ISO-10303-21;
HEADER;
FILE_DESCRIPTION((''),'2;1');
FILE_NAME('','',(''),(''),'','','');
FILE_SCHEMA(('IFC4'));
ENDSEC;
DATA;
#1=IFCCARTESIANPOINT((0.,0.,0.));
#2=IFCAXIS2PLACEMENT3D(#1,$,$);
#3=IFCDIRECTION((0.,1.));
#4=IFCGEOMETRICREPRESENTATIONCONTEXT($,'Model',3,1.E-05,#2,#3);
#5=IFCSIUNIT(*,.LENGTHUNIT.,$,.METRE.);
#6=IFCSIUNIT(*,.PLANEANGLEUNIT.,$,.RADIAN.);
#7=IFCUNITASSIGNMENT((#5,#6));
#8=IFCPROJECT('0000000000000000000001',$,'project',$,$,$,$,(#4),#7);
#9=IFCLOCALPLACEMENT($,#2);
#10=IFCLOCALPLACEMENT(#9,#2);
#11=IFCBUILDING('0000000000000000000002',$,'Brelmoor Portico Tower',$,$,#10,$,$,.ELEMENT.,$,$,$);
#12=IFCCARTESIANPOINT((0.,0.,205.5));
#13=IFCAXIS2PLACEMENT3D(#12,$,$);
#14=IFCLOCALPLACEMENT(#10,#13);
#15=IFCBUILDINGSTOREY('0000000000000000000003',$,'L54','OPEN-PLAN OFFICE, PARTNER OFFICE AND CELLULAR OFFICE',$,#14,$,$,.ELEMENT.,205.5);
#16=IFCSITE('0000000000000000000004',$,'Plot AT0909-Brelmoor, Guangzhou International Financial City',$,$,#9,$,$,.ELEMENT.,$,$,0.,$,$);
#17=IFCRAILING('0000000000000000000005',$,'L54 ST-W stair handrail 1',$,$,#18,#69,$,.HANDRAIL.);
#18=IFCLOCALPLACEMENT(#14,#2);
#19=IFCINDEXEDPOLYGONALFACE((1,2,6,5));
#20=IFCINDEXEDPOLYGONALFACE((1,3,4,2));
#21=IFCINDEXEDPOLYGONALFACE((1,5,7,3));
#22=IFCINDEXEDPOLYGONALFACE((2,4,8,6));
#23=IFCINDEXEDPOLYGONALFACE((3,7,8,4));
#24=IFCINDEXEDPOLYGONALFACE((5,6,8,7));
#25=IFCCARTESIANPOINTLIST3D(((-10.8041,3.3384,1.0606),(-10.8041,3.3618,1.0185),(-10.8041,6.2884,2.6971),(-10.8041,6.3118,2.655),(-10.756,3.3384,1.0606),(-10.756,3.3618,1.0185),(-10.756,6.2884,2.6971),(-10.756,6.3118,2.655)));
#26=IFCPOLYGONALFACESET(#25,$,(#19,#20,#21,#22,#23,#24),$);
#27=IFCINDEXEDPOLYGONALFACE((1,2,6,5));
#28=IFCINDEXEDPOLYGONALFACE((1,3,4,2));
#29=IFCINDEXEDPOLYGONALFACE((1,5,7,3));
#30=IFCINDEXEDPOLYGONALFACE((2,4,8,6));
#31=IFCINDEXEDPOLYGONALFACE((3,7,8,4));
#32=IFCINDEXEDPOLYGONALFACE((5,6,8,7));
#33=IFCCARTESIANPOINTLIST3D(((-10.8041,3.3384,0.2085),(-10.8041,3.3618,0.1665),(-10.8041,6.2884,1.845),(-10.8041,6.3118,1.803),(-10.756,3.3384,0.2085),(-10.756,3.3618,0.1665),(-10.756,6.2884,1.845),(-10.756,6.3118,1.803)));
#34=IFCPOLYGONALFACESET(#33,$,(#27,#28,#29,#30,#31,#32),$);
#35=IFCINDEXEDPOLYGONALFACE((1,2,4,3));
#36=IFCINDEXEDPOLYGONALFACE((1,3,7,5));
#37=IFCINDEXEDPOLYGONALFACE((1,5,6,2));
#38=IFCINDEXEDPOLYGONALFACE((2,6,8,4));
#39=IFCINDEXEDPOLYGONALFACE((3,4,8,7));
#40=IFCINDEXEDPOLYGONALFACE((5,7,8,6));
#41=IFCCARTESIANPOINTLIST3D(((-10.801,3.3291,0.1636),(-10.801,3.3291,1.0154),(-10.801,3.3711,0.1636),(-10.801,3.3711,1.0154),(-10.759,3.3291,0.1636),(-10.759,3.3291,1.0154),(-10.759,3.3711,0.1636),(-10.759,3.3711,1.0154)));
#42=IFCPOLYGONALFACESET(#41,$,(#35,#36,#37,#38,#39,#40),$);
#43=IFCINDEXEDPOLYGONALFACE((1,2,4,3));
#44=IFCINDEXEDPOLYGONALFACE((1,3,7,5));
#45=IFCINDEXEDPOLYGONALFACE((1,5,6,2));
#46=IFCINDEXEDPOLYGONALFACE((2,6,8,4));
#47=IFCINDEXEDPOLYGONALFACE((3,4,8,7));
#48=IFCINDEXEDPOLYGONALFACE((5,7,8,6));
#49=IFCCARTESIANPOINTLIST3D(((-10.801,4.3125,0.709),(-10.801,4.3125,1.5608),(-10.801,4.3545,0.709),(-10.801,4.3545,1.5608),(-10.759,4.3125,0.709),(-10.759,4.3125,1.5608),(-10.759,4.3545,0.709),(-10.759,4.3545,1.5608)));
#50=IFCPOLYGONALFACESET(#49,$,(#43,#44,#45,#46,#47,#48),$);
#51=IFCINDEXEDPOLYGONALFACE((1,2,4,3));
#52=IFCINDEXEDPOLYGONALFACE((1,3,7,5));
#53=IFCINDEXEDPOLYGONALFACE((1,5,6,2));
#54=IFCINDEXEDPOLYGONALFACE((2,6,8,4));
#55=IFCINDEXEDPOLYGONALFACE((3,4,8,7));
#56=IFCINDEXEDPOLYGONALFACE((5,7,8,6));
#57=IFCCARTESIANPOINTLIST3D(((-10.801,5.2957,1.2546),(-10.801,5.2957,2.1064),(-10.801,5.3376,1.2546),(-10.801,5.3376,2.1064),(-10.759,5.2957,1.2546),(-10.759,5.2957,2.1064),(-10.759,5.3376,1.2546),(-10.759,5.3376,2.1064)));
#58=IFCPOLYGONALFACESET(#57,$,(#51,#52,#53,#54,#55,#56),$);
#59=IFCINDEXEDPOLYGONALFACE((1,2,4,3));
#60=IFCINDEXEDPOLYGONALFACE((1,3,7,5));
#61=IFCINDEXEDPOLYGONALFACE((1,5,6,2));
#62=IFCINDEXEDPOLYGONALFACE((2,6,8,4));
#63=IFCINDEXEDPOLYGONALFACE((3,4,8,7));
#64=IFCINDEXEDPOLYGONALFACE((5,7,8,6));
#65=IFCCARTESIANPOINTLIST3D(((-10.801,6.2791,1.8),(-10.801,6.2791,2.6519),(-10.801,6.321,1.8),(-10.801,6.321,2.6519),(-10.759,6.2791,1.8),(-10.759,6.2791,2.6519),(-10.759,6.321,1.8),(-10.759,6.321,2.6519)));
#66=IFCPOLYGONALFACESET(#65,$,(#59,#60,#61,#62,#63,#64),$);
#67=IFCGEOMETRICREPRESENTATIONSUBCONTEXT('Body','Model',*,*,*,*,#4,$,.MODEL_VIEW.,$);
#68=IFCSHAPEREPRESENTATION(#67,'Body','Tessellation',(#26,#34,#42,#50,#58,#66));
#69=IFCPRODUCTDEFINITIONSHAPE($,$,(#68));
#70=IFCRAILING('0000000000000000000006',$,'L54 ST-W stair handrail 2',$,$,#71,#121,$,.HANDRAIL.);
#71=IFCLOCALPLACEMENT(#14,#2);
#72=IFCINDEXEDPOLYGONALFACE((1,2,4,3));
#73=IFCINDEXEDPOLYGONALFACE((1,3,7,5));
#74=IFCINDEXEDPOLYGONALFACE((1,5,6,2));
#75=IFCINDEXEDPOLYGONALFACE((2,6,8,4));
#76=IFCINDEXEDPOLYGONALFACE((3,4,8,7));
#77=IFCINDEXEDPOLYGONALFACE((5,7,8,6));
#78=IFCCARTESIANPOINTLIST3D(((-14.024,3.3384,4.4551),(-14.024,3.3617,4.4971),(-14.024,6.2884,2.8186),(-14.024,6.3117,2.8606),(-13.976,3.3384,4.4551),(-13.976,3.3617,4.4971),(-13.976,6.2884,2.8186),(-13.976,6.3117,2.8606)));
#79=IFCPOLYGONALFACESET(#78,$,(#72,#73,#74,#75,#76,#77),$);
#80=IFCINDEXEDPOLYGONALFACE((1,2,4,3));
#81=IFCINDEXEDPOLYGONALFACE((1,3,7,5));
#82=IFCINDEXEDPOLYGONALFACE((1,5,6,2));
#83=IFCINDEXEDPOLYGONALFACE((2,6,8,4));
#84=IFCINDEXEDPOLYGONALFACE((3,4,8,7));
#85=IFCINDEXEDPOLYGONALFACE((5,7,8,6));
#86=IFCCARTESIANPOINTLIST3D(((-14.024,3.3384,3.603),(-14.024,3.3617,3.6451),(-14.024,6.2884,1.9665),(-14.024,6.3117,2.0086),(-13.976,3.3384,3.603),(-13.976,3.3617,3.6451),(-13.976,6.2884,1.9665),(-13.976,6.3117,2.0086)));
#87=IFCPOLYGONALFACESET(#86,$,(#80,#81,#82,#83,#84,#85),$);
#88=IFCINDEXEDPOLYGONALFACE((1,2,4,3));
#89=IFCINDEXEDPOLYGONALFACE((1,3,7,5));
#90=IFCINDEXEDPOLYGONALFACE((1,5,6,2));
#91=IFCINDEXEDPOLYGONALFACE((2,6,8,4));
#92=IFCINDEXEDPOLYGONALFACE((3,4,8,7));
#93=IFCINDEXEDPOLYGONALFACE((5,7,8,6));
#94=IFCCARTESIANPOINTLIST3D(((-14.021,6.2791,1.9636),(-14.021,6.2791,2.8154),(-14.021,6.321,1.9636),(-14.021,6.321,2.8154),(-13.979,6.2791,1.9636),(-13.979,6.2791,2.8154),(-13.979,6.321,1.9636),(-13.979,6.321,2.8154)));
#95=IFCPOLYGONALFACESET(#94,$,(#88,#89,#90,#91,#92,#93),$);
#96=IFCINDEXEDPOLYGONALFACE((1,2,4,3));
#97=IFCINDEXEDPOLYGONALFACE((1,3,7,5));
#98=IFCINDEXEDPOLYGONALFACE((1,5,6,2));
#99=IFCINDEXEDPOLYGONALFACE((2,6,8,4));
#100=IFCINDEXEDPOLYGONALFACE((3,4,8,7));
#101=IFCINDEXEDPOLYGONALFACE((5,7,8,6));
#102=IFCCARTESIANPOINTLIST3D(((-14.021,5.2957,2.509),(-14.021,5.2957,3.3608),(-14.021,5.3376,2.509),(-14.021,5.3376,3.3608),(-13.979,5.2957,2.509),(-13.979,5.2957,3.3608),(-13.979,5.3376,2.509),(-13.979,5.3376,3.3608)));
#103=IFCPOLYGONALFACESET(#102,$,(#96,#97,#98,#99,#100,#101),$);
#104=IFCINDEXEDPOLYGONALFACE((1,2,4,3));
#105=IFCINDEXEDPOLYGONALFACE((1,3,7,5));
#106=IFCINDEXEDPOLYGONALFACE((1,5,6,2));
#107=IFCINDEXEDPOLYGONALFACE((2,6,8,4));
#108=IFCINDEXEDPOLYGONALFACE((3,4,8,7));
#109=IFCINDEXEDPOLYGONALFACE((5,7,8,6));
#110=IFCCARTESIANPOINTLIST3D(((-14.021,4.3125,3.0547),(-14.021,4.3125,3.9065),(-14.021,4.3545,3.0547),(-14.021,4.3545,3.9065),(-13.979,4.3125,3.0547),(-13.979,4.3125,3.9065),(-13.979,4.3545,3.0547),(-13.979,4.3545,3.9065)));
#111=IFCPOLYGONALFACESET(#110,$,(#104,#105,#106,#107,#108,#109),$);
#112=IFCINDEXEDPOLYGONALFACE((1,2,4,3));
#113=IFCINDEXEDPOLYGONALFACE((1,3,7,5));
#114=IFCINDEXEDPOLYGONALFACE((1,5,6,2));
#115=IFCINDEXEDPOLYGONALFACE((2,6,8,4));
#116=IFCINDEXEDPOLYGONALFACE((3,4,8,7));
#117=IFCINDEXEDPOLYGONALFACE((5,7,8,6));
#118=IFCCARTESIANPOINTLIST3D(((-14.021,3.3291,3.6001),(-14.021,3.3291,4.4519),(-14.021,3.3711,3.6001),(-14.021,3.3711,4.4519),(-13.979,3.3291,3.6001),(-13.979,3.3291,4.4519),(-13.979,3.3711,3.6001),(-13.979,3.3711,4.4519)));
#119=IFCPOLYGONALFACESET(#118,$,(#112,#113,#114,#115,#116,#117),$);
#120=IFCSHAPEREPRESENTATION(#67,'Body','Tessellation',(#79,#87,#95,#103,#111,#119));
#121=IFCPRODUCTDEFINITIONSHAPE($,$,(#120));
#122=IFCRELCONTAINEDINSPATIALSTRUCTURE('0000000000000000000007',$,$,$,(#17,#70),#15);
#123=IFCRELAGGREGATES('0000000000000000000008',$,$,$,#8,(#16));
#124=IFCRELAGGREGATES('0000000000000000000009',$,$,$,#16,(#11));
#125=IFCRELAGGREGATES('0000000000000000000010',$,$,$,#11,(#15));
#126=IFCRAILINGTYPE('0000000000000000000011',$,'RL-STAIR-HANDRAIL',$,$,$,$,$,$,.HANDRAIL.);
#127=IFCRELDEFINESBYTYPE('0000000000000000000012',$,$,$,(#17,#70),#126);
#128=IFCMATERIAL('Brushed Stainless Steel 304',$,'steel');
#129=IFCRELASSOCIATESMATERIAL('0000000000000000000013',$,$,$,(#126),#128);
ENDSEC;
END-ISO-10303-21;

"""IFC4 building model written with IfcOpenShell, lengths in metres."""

from ifc_helpers import new_model, si_unit, direction, frame, origin, origin_2d, place, context, subcontext, project, spatial, rectangle, extrude, material, type_object, element, save


model = new_model("IFC4")

# Units and contexts
model_context = context("Model", 3, precision=1e-05, world=origin(), true_north=direction((0.0, 1.0)))
body_context = subcontext(model_context, "Body", "Model", "MODEL_VIEW")
ifc_project = project(units=[si_unit("LENGTHUNIT", "METRE"), si_unit("PLANEANGLEUNIT", "RADIAN")], contexts=[model_context])

# Site, building, storey
site_placement = place(None, origin())
site = spatial("IfcSite", under=ifc_project, at=site_placement, Name="Plot AT0909-Brelmoor, Guangzhou International Financial City", CompositionType="ELEMENT", RefElevation=0.0)
building_placement = place(site_placement, origin())
building = spatial("IfcBuilding", under=site, at=building_placement, Name="Brelmoor Portico Tower", CompositionType="ELEMENT")
storey_placement = place(building_placement, frame((0.0, 0.0, 205.5)))
storey = spatial("IfcBuildingStorey", under=building, at=storey_placement, Name="L54", Description="OPEN-PLAN OFFICE, PARTNER OFFICE AND CELLULAR OFFICE", CompositionType="ELEMENT", Elevation=205.5)

# Railings
ifc_material_1 = material(Name="Brushed Stainless Steel 304", Category="steel")
railing_type_1 = type_object("IfcRailingType", Name="RL-STAIR-HANDRAIL", PredefinedType="HANDRAIL", material=ifc_material_1)
railing_1_placement = place(storey_placement, frame((-10.78, 3.3501, 0.1636)))
element("IfcRailing", 1, at=railing_1_placement, inside=storey, type_object=railing_type_1, Name="L54 ST-W stair handrail 1", PredefinedType="HANDRAIL", context=body_context, shape_type="SweptSolid", body=[
    extrude(rectangle(XDim=0.0481, YDim=0.0481, at=origin_2d()), frame((0.0, 0.0, 0.876), z_axis=(0.0, 0.874458, 0.485102), x_axis=(-1.0, 0.0, 0.0)), (0.0, 0.0, 1.0), 3.3735),
    extrude(rectangle(XDim=0.0481, YDim=0.0481, at=origin_2d()), frame((0.0, 0.0, 0.0239), z_axis=(0.0, 0.874458, 0.485102), x_axis=(-1.0, 0.0, 0.0)), (0.0, 0.0, 1.0), 3.3735),
    extrude(rectangle(XDim=0.042, YDim=0.042, at=origin_2d()), origin(), (0.0, 0.0, 1.0), 0.8518),
    extrude(rectangle(XDim=0.042, YDim=0.042, at=origin_2d()), frame((0.0, 0.9834, 0.5454)), (0.0, 0.0, 1.0), 0.8518),
    extrude(rectangle(XDim=0.042, YDim=0.042, at=origin_2d()), frame((0.0, 1.9666, 1.0911)), (0.0, 0.0, 1.0), 0.8518),
    extrude(rectangle(XDim=0.042, YDim=0.042, at=origin_2d()), frame((0.0, 2.95, 1.6365)), (0.0, 0.0, 1.0), 0.8518),
])
railing_2_placement = place(storey_placement, frame((-14.0, 6.3, 1.9636)))
element("IfcRailing", 2, at=railing_2_placement, inside=storey, type_object=railing_type_1, Name="L54 ST-W stair handrail 2", PredefinedType="HANDRAIL", context=body_context, shape_type="SweptSolid", body=[
    extrude(rectangle(XDim=0.0481, YDim=0.0481, at=origin_2d()), frame((0.0, 0.0, 0.876), z_axis=(0.0, -0.874458, 0.485102), x_axis=(1.0, 0.0, 0.0)), (0.0, 0.0, 1.0), 3.3735),
    extrude(rectangle(XDim=0.0481, YDim=0.0481, at=origin_2d()), frame((0.0, 0.0, 0.0239), z_axis=(0.0, -0.874458, 0.485102), x_axis=(1.0, 0.0, 0.0)), (0.0, 0.0, 1.0), 3.3735),
    extrude(rectangle(XDim=0.042, YDim=0.042, at=origin_2d()), origin(), (0.0, 0.0, 1.0), 0.8518),
    extrude(rectangle(XDim=0.042, YDim=0.042, at=origin_2d()), frame((0.0, -0.9834, 0.5454)), (0.0, 0.0, 1.0), 0.8518),
    extrude(rectangle(XDim=0.042, YDim=0.042, at=origin_2d()), frame((0.0, -1.9666, 1.0911)), (0.0, 0.0, 1.0), 0.8518),
    extrude(rectangle(XDim=0.042, YDim=0.042, at=origin_2d()), frame((0.0, -2.95, 1.6365)), (0.0, 0.0, 1.0), 0.8518),
])

save(model, "model.ifc")
